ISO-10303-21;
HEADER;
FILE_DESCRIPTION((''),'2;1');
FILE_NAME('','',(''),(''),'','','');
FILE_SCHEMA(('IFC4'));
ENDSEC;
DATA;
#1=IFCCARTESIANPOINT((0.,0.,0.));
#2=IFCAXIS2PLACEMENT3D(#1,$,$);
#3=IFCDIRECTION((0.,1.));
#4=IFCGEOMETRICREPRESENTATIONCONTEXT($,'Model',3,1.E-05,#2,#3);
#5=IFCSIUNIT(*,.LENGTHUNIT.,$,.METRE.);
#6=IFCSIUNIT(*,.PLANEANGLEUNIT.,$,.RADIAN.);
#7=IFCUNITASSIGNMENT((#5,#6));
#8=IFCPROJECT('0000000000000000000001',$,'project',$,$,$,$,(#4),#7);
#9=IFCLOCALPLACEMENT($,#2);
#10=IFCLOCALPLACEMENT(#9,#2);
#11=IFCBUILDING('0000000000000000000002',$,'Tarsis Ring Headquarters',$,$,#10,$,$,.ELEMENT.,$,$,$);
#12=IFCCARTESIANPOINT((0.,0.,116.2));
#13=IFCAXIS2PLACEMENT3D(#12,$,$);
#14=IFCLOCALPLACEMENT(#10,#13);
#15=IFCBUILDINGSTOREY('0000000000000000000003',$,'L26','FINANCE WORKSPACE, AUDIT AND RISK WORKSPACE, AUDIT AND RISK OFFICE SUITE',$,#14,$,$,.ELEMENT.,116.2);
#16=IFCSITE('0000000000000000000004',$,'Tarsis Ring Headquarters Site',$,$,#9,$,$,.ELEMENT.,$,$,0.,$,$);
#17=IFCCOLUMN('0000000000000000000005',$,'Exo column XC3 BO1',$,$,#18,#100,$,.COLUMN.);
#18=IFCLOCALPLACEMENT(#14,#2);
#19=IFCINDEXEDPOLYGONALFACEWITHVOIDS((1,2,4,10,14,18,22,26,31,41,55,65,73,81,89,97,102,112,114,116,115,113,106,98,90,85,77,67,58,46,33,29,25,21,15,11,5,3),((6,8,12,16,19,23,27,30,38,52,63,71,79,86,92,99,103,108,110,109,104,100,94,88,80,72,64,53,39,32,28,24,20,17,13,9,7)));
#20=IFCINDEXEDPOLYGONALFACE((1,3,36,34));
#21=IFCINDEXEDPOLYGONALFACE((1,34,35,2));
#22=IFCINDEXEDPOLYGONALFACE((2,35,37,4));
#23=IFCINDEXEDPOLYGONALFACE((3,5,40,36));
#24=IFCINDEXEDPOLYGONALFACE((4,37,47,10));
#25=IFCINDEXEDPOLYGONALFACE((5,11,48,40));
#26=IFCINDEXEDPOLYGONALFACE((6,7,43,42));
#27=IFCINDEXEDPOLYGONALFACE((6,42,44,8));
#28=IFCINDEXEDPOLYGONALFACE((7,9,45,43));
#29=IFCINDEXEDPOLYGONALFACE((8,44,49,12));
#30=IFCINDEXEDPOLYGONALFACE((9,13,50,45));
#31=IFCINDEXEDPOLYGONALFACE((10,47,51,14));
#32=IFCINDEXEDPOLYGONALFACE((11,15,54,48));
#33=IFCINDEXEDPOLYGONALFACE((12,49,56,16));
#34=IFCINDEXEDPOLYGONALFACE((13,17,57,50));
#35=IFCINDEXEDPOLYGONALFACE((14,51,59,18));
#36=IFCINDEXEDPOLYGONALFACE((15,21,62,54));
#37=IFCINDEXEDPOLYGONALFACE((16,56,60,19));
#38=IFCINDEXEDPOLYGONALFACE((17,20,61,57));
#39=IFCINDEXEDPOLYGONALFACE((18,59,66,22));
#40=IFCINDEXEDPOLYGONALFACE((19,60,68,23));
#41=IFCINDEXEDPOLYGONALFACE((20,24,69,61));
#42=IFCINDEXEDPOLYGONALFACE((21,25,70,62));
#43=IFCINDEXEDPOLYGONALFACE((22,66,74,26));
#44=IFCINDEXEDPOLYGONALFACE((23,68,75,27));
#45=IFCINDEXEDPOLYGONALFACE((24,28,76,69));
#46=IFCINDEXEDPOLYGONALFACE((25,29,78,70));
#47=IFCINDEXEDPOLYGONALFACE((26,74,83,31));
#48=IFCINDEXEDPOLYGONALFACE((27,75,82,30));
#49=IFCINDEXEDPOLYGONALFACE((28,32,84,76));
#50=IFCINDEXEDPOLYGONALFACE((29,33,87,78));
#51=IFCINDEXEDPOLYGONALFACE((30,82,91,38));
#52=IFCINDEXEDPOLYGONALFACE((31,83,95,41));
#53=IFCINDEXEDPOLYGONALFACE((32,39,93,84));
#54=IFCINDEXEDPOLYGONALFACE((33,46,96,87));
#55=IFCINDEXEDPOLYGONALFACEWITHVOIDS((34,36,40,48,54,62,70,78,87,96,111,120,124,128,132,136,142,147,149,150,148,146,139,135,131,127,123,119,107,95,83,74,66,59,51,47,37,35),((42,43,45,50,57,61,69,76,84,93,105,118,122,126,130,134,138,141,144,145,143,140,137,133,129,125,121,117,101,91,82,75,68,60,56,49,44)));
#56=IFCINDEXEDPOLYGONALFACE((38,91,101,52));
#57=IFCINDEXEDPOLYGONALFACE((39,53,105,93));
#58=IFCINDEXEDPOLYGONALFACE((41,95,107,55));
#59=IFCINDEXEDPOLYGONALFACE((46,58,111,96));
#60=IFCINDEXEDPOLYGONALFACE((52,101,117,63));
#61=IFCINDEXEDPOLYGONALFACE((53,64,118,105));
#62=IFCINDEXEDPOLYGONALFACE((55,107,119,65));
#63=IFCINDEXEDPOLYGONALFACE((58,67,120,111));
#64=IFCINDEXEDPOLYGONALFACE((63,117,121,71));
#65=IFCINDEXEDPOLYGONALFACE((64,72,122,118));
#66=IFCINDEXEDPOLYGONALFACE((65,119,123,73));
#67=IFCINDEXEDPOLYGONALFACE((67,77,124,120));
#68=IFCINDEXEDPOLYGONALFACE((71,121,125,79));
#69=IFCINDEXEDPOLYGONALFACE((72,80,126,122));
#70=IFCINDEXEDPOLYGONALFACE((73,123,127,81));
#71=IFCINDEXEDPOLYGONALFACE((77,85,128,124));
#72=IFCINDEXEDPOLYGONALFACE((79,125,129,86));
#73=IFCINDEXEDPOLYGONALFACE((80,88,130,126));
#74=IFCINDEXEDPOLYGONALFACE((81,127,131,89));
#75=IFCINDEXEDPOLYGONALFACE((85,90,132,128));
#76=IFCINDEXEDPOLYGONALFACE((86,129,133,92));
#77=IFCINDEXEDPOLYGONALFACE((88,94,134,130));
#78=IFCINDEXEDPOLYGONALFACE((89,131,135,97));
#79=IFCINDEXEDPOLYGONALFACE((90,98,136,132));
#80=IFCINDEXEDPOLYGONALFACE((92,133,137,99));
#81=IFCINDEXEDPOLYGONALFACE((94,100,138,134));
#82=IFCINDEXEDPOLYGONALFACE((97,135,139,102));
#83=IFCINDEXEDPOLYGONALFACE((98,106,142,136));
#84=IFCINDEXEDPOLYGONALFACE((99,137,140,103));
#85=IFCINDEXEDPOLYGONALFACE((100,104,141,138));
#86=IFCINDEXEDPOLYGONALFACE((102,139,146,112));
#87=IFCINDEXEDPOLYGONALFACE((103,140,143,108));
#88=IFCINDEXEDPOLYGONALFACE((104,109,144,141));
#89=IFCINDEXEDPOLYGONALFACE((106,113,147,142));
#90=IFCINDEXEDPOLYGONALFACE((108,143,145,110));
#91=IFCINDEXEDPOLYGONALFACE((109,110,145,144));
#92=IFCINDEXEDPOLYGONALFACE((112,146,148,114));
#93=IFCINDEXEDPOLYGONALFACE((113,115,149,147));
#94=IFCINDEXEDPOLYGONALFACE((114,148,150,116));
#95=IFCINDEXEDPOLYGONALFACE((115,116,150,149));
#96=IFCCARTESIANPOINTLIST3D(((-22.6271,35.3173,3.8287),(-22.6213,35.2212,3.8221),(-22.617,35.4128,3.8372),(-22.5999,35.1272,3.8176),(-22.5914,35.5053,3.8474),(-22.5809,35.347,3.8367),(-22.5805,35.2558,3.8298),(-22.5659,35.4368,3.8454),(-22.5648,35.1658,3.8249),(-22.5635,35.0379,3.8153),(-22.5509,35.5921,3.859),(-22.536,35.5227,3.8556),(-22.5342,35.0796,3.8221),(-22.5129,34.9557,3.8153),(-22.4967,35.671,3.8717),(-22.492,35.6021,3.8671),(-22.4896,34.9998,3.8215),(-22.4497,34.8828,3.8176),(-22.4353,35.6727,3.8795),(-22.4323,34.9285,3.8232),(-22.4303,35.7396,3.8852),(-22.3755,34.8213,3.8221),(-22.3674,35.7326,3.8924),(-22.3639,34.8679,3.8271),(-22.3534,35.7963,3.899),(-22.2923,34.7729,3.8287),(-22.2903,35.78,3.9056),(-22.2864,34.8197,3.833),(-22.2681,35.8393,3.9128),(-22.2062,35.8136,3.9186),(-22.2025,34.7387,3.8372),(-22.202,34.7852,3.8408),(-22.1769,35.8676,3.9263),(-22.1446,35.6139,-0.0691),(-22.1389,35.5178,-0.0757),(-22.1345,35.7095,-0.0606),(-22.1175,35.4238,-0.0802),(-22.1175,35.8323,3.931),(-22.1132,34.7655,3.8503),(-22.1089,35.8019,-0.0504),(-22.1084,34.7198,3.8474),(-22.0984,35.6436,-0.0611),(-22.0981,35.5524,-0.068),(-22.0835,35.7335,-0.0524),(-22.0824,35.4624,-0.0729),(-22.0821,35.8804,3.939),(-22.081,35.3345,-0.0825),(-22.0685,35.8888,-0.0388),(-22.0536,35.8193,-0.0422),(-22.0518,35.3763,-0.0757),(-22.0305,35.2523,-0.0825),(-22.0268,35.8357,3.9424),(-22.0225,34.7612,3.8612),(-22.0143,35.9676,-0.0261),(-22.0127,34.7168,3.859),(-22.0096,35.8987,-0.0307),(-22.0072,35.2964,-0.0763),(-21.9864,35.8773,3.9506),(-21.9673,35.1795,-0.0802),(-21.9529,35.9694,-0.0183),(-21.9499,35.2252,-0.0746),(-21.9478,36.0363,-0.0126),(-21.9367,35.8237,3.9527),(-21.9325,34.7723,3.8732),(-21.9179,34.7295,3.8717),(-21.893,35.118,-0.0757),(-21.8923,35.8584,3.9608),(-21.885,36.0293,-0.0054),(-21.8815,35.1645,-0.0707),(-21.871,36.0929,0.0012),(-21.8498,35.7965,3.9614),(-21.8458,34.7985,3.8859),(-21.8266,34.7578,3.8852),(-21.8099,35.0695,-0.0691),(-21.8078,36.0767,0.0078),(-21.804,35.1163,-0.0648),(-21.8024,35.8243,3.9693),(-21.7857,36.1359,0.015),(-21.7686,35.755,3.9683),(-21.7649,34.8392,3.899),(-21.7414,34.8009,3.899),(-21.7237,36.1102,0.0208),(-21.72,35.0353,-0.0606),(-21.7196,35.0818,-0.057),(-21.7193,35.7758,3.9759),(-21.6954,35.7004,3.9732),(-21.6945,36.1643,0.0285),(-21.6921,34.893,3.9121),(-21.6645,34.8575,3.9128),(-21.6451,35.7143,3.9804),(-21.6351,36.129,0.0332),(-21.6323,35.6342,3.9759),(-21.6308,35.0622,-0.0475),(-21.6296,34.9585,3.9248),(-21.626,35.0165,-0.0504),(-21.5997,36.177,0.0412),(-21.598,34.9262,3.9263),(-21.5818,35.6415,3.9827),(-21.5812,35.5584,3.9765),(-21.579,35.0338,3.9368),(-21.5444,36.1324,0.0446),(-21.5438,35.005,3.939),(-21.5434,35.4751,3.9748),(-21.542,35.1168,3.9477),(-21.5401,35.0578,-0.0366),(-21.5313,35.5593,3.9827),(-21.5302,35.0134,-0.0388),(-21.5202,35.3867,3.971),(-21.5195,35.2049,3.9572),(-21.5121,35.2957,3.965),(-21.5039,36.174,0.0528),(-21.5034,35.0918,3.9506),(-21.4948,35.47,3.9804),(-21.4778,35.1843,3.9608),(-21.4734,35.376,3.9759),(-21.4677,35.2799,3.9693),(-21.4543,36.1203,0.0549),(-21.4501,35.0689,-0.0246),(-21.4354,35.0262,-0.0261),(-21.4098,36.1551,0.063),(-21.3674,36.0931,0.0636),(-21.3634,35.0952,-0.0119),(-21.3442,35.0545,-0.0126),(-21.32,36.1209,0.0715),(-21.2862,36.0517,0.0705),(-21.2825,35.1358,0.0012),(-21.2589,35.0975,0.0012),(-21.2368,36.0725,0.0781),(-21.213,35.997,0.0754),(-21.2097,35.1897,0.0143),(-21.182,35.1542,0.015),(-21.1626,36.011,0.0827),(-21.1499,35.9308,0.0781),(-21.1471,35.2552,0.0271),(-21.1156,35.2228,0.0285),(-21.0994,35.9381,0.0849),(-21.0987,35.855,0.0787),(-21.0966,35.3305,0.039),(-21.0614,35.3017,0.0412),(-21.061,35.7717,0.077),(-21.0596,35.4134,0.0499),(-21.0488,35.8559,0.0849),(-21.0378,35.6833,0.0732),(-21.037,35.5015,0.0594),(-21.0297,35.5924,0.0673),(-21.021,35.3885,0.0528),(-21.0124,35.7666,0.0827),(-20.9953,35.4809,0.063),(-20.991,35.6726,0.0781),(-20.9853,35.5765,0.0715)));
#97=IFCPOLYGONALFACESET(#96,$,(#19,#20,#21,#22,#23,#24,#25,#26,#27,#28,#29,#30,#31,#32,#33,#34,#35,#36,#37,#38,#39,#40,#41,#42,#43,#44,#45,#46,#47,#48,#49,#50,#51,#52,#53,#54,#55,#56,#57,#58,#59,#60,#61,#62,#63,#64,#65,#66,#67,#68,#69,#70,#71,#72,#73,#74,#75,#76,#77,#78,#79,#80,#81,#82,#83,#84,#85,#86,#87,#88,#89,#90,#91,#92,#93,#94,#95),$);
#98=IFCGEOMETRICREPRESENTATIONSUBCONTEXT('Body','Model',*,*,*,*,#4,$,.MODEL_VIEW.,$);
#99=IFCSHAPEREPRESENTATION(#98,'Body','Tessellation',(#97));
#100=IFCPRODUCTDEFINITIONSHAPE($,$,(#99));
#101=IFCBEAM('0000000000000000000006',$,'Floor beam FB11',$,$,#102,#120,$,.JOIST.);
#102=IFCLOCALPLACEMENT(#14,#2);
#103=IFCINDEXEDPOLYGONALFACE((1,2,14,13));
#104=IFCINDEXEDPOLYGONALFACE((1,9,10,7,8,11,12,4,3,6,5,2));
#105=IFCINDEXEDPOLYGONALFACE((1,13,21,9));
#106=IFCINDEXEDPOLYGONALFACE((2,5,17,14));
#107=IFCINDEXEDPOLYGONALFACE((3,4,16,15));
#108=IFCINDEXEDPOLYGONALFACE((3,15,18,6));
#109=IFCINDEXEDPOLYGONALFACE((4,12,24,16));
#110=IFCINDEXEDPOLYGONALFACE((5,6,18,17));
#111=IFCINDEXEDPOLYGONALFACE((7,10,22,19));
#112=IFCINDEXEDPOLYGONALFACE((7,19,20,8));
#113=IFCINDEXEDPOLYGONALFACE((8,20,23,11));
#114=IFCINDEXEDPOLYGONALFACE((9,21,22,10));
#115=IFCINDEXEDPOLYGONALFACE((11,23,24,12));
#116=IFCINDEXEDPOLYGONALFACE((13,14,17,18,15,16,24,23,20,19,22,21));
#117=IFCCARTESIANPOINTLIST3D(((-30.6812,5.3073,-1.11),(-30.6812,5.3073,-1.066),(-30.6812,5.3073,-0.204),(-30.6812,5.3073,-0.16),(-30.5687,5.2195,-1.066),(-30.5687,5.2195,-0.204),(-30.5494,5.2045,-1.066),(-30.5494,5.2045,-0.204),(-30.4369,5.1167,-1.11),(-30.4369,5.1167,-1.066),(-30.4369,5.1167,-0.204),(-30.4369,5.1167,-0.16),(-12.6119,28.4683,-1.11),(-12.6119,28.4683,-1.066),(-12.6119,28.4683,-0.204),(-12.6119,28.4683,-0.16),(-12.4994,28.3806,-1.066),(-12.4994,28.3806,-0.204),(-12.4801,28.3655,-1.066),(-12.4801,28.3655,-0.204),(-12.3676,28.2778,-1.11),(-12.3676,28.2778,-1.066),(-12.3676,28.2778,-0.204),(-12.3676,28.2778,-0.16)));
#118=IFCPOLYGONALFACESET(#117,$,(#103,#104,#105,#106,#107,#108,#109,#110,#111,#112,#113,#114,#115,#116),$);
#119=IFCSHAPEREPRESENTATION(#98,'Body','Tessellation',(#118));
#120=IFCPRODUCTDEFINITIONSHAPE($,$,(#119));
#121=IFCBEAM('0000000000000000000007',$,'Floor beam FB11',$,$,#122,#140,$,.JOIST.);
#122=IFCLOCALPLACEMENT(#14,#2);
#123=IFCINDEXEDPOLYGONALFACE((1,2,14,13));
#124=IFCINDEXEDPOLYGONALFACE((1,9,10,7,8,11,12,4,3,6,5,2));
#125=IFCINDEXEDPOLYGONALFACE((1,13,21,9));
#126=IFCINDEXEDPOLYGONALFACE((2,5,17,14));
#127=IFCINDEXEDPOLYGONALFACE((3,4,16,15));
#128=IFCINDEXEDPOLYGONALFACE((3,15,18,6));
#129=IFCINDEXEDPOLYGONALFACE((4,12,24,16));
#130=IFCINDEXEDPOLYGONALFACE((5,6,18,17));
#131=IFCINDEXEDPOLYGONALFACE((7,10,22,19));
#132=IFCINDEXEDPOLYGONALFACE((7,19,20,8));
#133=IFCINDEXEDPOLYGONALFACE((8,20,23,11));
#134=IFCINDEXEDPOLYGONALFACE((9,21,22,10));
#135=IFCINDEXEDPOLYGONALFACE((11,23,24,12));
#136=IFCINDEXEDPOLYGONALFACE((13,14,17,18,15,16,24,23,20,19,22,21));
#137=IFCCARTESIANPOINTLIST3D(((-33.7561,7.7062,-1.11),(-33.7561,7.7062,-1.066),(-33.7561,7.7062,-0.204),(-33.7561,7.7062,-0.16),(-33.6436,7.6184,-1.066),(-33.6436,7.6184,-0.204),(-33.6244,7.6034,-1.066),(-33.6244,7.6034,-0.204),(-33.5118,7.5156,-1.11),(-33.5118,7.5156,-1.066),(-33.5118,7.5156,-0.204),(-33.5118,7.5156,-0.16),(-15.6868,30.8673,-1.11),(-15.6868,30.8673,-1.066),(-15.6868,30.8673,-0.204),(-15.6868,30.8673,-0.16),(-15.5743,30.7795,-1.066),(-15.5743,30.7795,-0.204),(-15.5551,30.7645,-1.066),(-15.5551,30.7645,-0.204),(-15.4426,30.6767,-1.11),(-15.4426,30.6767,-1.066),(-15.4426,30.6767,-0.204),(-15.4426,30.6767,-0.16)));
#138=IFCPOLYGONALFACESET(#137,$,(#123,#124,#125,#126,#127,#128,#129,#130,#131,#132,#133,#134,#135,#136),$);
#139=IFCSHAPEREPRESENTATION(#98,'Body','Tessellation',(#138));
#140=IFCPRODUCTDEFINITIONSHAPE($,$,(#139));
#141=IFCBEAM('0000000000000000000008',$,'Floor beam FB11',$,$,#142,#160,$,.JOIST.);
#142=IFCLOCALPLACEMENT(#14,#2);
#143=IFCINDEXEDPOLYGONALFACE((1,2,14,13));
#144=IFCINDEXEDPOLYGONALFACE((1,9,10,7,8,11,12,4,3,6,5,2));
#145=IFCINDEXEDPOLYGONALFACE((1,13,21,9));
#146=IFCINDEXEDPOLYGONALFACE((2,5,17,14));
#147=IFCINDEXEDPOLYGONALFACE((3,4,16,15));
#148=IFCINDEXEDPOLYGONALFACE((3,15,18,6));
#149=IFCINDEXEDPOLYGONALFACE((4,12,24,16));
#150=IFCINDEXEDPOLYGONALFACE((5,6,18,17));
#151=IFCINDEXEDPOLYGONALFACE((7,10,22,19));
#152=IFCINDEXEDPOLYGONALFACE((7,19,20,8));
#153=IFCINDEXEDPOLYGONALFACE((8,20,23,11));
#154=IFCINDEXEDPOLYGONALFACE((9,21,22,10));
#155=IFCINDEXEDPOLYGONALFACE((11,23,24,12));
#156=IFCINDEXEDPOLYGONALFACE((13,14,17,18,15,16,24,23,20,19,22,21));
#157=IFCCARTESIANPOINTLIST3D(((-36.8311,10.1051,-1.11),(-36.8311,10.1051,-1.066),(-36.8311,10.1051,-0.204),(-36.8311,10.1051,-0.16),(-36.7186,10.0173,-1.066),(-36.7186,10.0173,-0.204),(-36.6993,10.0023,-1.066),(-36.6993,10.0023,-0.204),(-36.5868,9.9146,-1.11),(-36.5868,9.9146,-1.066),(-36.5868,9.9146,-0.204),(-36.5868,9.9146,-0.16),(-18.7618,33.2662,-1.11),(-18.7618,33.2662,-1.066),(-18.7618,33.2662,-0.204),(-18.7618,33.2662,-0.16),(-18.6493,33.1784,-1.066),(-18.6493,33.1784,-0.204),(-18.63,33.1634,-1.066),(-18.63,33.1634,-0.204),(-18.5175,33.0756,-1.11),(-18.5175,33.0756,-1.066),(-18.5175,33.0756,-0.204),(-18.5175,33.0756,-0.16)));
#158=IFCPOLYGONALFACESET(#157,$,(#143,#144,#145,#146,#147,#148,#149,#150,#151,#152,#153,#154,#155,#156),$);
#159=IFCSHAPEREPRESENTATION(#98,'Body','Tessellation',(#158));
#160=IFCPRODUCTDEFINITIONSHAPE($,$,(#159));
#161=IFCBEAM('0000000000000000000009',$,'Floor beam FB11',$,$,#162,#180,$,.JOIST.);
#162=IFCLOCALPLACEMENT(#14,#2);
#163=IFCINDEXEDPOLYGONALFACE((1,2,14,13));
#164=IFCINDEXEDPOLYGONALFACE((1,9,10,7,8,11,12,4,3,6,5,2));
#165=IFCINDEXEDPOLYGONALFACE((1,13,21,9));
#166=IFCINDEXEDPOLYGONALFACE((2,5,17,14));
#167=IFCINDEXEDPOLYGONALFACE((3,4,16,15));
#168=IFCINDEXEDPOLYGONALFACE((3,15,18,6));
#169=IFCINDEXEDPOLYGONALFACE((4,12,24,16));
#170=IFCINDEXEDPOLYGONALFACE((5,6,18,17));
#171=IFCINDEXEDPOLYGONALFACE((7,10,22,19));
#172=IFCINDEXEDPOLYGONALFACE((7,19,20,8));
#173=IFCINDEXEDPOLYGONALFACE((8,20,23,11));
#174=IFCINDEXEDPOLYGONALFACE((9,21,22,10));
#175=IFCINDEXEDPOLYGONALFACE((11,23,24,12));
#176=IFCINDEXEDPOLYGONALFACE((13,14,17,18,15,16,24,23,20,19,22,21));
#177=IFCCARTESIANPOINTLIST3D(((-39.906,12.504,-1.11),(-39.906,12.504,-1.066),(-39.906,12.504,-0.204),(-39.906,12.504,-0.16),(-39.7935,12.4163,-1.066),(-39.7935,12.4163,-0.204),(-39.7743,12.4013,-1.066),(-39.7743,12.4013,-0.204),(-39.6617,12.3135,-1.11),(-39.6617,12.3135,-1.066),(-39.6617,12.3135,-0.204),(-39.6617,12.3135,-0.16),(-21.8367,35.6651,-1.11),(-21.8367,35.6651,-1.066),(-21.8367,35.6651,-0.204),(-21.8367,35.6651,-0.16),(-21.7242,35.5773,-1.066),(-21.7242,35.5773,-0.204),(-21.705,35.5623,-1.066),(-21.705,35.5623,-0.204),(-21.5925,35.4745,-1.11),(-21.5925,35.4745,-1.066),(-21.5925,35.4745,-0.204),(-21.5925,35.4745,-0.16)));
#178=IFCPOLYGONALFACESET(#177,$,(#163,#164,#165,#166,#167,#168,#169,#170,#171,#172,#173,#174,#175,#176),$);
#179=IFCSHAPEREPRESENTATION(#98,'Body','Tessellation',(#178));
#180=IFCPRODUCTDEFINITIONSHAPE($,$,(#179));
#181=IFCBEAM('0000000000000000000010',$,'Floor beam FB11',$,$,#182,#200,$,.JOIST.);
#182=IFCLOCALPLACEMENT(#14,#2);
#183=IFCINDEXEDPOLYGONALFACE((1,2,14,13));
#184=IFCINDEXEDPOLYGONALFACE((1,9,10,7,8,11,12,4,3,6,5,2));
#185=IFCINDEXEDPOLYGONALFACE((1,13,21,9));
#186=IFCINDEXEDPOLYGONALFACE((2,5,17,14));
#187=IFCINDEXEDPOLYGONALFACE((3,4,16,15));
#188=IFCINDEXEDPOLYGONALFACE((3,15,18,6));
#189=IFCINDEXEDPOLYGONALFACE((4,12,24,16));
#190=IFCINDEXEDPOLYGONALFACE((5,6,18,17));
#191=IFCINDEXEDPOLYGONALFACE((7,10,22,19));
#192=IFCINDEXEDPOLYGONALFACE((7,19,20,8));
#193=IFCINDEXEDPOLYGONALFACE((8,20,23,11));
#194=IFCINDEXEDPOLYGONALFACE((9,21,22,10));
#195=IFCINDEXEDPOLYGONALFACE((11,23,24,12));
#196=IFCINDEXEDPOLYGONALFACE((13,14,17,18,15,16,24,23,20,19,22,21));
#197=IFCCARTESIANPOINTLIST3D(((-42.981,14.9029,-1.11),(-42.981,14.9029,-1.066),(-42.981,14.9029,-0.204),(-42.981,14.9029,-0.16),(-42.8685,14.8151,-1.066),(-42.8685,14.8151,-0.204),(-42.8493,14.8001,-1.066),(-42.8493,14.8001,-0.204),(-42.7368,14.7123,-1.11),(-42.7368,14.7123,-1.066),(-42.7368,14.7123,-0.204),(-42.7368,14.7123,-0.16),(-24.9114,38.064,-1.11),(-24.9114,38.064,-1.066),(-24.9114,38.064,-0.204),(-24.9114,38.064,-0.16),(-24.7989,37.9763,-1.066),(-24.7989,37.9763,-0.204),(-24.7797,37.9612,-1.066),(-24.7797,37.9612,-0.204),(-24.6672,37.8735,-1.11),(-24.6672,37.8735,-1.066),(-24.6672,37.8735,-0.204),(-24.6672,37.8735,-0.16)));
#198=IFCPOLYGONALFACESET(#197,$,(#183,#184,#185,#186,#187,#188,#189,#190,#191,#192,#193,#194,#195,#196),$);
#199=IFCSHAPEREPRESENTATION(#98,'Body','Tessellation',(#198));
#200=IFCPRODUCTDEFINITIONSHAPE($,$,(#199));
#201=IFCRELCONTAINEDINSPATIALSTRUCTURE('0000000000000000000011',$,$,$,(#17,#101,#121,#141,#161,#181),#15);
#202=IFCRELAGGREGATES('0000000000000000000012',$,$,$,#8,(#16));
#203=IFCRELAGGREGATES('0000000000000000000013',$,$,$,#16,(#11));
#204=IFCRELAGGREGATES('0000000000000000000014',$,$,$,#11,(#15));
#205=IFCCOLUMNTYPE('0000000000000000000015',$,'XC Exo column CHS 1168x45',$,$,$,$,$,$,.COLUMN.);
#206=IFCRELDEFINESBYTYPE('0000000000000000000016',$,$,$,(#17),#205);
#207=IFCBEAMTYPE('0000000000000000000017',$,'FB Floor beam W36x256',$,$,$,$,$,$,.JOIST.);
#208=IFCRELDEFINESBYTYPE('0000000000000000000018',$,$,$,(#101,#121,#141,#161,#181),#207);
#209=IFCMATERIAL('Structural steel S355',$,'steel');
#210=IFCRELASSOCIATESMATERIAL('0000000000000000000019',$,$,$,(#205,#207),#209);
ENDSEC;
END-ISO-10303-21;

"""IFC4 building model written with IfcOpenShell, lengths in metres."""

from ifc_helpers import new_model, si_unit, direction, frame, origin, origin_2d, place, context, subcontext, project, spatial, hollow_circle, i_section, extrude, material, material_profile, profile_set, type_object, element, save


model = new_model("IFC4")

# Units and contexts
model_context = context("Model", 3, precision=1e-05, world=origin(), true_north=direction((0.0, 1.0)))
body_context = subcontext(model_context, "Body", "Model", "MODEL_VIEW")
ifc_project = project(units=[si_unit("LENGTHUNIT", "METRE"), si_unit("PLANEANGLEUNIT", "RADIAN")], contexts=[model_context])

# Site, building, storey
site_placement = place(None, origin())
site = spatial("IfcSite", under=ifc_project, at=site_placement, Name="Tarsis Ring Headquarters Site", CompositionType="ELEMENT", RefElevation=0.0)
building_placement = place(site_placement, origin())
building = spatial("IfcBuilding", under=site, at=building_placement, Name="Tarsis Ring Headquarters", CompositionType="ELEMENT")
storey_placement = place(building_placement, frame((0.0, 0.0, 116.2)))
storey = spatial("IfcBuildingStorey", under=building, at=storey_placement, Name="L26", Description="FINANCE WORKSPACE, AUDIT AND RISK WORKSPACE, AUDIT AND RISK OFFICE SUITE", CompositionType="ELEMENT", Elevation=116.2)

# Column
ifc_material_1 = material(Name="Structural steel S355", Category="steel")
ifc_material_profile_1 = material_profile(ifc_material_1, hollow_circle(Radius=0.5842, WallThickness=0.0449, at=origin_2d()), Name="CHS 1168x45")
ifc_profile_set_1 = profile_set([ifc_material_profile_1], Name="Structural steel S355")
column_type = type_object("IfcColumnType", Name="XC Exo column CHS 1168x45", PredefinedType="COLUMN", material=ifc_profile_set_1)
column_placement = place(storey_placement, frame((-21.5649, 35.5952, 0.0012), z_axis=(-0.122485, -0.075313, 0.989609), x_axis=(0.523785, -0.851851, 0.0)))
element("IfcColumn", 1, at=column_placement, inside=storey, type_object=column_type, Name="Exo column XC3 BO1", PredefinedType="COLUMN", context=body_context, shape_type="SweptSolid", body=[
    extrude(hollow_circle(Radius=0.5842, WallThickness=0.0449, at=origin_2d()), origin(), (0.0, 0.0, 1.0), 3.9387),
])

# Beams
ifc_material_profile_2 = material_profile(ifc_material_1, i_section(OverallWidth=0.3098, OverallDepth=0.95, WebThickness=0.0244, FlangeThickness=0.0439, at=origin_2d()), Name="W36x256")
ifc_profile_set_2 = profile_set([ifc_material_profile_2], Name="Structural steel S355")
beam_type_1 = type_object("IfcBeamType", Name="FB Floor beam W36x256", PredefinedType="JOIST", material=ifc_profile_set_2)
for number, where, z_axis, x_axis, name in (
    (2, (-12.4897, 28.373, -0.635), (-0.615109, -0.788442, 0.0), (0.788442, -0.615109, 0.0), "Floor beam FB11"),
    (3, (-15.5647, 30.772, -0.635), (-0.615109, -0.788442, 0.0), (0.788442, -0.615109, 0.0), "Floor beam FB11"),
    (4, (-18.6396, 33.1709, -0.635), (-0.615109, -0.788442, 0.0), (0.788442, -0.615109, 0.0), "Floor beam FB11"),
    (5, (-21.7146, 35.5698, -0.635), (-0.615109, -0.788442, 0.0), (0.788442, -0.615109, 0.0), "Floor beam FB11"),
):
    element("IfcBeam", number, at=place(storey_placement, frame(where, z_axis=z_axis, x_axis=x_axis)), inside=storey, type_object=beam_type_1, Name=name, PredefinedType="JOIST", context=body_context, shape_type="SweptSolid", body=[
        extrude(i_section(OverallWidth=0.3098, OverallDepth=0.95, WebThickness=0.0244, FlangeThickness=0.0439, at=origin_2d()), origin(), (0.0, 0.0, 1.0), 29.3757),
    ])
beam_1_placement = place(storey_placement, frame((-24.7893, 37.9688, -0.635), z_axis=(-0.615114, -0.788438, 0.0), x_axis=(0.788438, -0.615114, 0.0)))
element("IfcBeam", 6, at=beam_1_placement, inside=storey, type_object=beam_type_1, Name="Floor beam FB11", PredefinedType="JOIST", context=body_context, shape_type="SweptSolid", body=[
    extrude(i_section(OverallWidth=0.3098, OverallDepth=0.95, WebThickness=0.0244, FlangeThickness=0.0439, at=origin_2d()), origin(), (0.0, 0.0, 1.0), 29.376),
])

save(model, "model.ifc")
